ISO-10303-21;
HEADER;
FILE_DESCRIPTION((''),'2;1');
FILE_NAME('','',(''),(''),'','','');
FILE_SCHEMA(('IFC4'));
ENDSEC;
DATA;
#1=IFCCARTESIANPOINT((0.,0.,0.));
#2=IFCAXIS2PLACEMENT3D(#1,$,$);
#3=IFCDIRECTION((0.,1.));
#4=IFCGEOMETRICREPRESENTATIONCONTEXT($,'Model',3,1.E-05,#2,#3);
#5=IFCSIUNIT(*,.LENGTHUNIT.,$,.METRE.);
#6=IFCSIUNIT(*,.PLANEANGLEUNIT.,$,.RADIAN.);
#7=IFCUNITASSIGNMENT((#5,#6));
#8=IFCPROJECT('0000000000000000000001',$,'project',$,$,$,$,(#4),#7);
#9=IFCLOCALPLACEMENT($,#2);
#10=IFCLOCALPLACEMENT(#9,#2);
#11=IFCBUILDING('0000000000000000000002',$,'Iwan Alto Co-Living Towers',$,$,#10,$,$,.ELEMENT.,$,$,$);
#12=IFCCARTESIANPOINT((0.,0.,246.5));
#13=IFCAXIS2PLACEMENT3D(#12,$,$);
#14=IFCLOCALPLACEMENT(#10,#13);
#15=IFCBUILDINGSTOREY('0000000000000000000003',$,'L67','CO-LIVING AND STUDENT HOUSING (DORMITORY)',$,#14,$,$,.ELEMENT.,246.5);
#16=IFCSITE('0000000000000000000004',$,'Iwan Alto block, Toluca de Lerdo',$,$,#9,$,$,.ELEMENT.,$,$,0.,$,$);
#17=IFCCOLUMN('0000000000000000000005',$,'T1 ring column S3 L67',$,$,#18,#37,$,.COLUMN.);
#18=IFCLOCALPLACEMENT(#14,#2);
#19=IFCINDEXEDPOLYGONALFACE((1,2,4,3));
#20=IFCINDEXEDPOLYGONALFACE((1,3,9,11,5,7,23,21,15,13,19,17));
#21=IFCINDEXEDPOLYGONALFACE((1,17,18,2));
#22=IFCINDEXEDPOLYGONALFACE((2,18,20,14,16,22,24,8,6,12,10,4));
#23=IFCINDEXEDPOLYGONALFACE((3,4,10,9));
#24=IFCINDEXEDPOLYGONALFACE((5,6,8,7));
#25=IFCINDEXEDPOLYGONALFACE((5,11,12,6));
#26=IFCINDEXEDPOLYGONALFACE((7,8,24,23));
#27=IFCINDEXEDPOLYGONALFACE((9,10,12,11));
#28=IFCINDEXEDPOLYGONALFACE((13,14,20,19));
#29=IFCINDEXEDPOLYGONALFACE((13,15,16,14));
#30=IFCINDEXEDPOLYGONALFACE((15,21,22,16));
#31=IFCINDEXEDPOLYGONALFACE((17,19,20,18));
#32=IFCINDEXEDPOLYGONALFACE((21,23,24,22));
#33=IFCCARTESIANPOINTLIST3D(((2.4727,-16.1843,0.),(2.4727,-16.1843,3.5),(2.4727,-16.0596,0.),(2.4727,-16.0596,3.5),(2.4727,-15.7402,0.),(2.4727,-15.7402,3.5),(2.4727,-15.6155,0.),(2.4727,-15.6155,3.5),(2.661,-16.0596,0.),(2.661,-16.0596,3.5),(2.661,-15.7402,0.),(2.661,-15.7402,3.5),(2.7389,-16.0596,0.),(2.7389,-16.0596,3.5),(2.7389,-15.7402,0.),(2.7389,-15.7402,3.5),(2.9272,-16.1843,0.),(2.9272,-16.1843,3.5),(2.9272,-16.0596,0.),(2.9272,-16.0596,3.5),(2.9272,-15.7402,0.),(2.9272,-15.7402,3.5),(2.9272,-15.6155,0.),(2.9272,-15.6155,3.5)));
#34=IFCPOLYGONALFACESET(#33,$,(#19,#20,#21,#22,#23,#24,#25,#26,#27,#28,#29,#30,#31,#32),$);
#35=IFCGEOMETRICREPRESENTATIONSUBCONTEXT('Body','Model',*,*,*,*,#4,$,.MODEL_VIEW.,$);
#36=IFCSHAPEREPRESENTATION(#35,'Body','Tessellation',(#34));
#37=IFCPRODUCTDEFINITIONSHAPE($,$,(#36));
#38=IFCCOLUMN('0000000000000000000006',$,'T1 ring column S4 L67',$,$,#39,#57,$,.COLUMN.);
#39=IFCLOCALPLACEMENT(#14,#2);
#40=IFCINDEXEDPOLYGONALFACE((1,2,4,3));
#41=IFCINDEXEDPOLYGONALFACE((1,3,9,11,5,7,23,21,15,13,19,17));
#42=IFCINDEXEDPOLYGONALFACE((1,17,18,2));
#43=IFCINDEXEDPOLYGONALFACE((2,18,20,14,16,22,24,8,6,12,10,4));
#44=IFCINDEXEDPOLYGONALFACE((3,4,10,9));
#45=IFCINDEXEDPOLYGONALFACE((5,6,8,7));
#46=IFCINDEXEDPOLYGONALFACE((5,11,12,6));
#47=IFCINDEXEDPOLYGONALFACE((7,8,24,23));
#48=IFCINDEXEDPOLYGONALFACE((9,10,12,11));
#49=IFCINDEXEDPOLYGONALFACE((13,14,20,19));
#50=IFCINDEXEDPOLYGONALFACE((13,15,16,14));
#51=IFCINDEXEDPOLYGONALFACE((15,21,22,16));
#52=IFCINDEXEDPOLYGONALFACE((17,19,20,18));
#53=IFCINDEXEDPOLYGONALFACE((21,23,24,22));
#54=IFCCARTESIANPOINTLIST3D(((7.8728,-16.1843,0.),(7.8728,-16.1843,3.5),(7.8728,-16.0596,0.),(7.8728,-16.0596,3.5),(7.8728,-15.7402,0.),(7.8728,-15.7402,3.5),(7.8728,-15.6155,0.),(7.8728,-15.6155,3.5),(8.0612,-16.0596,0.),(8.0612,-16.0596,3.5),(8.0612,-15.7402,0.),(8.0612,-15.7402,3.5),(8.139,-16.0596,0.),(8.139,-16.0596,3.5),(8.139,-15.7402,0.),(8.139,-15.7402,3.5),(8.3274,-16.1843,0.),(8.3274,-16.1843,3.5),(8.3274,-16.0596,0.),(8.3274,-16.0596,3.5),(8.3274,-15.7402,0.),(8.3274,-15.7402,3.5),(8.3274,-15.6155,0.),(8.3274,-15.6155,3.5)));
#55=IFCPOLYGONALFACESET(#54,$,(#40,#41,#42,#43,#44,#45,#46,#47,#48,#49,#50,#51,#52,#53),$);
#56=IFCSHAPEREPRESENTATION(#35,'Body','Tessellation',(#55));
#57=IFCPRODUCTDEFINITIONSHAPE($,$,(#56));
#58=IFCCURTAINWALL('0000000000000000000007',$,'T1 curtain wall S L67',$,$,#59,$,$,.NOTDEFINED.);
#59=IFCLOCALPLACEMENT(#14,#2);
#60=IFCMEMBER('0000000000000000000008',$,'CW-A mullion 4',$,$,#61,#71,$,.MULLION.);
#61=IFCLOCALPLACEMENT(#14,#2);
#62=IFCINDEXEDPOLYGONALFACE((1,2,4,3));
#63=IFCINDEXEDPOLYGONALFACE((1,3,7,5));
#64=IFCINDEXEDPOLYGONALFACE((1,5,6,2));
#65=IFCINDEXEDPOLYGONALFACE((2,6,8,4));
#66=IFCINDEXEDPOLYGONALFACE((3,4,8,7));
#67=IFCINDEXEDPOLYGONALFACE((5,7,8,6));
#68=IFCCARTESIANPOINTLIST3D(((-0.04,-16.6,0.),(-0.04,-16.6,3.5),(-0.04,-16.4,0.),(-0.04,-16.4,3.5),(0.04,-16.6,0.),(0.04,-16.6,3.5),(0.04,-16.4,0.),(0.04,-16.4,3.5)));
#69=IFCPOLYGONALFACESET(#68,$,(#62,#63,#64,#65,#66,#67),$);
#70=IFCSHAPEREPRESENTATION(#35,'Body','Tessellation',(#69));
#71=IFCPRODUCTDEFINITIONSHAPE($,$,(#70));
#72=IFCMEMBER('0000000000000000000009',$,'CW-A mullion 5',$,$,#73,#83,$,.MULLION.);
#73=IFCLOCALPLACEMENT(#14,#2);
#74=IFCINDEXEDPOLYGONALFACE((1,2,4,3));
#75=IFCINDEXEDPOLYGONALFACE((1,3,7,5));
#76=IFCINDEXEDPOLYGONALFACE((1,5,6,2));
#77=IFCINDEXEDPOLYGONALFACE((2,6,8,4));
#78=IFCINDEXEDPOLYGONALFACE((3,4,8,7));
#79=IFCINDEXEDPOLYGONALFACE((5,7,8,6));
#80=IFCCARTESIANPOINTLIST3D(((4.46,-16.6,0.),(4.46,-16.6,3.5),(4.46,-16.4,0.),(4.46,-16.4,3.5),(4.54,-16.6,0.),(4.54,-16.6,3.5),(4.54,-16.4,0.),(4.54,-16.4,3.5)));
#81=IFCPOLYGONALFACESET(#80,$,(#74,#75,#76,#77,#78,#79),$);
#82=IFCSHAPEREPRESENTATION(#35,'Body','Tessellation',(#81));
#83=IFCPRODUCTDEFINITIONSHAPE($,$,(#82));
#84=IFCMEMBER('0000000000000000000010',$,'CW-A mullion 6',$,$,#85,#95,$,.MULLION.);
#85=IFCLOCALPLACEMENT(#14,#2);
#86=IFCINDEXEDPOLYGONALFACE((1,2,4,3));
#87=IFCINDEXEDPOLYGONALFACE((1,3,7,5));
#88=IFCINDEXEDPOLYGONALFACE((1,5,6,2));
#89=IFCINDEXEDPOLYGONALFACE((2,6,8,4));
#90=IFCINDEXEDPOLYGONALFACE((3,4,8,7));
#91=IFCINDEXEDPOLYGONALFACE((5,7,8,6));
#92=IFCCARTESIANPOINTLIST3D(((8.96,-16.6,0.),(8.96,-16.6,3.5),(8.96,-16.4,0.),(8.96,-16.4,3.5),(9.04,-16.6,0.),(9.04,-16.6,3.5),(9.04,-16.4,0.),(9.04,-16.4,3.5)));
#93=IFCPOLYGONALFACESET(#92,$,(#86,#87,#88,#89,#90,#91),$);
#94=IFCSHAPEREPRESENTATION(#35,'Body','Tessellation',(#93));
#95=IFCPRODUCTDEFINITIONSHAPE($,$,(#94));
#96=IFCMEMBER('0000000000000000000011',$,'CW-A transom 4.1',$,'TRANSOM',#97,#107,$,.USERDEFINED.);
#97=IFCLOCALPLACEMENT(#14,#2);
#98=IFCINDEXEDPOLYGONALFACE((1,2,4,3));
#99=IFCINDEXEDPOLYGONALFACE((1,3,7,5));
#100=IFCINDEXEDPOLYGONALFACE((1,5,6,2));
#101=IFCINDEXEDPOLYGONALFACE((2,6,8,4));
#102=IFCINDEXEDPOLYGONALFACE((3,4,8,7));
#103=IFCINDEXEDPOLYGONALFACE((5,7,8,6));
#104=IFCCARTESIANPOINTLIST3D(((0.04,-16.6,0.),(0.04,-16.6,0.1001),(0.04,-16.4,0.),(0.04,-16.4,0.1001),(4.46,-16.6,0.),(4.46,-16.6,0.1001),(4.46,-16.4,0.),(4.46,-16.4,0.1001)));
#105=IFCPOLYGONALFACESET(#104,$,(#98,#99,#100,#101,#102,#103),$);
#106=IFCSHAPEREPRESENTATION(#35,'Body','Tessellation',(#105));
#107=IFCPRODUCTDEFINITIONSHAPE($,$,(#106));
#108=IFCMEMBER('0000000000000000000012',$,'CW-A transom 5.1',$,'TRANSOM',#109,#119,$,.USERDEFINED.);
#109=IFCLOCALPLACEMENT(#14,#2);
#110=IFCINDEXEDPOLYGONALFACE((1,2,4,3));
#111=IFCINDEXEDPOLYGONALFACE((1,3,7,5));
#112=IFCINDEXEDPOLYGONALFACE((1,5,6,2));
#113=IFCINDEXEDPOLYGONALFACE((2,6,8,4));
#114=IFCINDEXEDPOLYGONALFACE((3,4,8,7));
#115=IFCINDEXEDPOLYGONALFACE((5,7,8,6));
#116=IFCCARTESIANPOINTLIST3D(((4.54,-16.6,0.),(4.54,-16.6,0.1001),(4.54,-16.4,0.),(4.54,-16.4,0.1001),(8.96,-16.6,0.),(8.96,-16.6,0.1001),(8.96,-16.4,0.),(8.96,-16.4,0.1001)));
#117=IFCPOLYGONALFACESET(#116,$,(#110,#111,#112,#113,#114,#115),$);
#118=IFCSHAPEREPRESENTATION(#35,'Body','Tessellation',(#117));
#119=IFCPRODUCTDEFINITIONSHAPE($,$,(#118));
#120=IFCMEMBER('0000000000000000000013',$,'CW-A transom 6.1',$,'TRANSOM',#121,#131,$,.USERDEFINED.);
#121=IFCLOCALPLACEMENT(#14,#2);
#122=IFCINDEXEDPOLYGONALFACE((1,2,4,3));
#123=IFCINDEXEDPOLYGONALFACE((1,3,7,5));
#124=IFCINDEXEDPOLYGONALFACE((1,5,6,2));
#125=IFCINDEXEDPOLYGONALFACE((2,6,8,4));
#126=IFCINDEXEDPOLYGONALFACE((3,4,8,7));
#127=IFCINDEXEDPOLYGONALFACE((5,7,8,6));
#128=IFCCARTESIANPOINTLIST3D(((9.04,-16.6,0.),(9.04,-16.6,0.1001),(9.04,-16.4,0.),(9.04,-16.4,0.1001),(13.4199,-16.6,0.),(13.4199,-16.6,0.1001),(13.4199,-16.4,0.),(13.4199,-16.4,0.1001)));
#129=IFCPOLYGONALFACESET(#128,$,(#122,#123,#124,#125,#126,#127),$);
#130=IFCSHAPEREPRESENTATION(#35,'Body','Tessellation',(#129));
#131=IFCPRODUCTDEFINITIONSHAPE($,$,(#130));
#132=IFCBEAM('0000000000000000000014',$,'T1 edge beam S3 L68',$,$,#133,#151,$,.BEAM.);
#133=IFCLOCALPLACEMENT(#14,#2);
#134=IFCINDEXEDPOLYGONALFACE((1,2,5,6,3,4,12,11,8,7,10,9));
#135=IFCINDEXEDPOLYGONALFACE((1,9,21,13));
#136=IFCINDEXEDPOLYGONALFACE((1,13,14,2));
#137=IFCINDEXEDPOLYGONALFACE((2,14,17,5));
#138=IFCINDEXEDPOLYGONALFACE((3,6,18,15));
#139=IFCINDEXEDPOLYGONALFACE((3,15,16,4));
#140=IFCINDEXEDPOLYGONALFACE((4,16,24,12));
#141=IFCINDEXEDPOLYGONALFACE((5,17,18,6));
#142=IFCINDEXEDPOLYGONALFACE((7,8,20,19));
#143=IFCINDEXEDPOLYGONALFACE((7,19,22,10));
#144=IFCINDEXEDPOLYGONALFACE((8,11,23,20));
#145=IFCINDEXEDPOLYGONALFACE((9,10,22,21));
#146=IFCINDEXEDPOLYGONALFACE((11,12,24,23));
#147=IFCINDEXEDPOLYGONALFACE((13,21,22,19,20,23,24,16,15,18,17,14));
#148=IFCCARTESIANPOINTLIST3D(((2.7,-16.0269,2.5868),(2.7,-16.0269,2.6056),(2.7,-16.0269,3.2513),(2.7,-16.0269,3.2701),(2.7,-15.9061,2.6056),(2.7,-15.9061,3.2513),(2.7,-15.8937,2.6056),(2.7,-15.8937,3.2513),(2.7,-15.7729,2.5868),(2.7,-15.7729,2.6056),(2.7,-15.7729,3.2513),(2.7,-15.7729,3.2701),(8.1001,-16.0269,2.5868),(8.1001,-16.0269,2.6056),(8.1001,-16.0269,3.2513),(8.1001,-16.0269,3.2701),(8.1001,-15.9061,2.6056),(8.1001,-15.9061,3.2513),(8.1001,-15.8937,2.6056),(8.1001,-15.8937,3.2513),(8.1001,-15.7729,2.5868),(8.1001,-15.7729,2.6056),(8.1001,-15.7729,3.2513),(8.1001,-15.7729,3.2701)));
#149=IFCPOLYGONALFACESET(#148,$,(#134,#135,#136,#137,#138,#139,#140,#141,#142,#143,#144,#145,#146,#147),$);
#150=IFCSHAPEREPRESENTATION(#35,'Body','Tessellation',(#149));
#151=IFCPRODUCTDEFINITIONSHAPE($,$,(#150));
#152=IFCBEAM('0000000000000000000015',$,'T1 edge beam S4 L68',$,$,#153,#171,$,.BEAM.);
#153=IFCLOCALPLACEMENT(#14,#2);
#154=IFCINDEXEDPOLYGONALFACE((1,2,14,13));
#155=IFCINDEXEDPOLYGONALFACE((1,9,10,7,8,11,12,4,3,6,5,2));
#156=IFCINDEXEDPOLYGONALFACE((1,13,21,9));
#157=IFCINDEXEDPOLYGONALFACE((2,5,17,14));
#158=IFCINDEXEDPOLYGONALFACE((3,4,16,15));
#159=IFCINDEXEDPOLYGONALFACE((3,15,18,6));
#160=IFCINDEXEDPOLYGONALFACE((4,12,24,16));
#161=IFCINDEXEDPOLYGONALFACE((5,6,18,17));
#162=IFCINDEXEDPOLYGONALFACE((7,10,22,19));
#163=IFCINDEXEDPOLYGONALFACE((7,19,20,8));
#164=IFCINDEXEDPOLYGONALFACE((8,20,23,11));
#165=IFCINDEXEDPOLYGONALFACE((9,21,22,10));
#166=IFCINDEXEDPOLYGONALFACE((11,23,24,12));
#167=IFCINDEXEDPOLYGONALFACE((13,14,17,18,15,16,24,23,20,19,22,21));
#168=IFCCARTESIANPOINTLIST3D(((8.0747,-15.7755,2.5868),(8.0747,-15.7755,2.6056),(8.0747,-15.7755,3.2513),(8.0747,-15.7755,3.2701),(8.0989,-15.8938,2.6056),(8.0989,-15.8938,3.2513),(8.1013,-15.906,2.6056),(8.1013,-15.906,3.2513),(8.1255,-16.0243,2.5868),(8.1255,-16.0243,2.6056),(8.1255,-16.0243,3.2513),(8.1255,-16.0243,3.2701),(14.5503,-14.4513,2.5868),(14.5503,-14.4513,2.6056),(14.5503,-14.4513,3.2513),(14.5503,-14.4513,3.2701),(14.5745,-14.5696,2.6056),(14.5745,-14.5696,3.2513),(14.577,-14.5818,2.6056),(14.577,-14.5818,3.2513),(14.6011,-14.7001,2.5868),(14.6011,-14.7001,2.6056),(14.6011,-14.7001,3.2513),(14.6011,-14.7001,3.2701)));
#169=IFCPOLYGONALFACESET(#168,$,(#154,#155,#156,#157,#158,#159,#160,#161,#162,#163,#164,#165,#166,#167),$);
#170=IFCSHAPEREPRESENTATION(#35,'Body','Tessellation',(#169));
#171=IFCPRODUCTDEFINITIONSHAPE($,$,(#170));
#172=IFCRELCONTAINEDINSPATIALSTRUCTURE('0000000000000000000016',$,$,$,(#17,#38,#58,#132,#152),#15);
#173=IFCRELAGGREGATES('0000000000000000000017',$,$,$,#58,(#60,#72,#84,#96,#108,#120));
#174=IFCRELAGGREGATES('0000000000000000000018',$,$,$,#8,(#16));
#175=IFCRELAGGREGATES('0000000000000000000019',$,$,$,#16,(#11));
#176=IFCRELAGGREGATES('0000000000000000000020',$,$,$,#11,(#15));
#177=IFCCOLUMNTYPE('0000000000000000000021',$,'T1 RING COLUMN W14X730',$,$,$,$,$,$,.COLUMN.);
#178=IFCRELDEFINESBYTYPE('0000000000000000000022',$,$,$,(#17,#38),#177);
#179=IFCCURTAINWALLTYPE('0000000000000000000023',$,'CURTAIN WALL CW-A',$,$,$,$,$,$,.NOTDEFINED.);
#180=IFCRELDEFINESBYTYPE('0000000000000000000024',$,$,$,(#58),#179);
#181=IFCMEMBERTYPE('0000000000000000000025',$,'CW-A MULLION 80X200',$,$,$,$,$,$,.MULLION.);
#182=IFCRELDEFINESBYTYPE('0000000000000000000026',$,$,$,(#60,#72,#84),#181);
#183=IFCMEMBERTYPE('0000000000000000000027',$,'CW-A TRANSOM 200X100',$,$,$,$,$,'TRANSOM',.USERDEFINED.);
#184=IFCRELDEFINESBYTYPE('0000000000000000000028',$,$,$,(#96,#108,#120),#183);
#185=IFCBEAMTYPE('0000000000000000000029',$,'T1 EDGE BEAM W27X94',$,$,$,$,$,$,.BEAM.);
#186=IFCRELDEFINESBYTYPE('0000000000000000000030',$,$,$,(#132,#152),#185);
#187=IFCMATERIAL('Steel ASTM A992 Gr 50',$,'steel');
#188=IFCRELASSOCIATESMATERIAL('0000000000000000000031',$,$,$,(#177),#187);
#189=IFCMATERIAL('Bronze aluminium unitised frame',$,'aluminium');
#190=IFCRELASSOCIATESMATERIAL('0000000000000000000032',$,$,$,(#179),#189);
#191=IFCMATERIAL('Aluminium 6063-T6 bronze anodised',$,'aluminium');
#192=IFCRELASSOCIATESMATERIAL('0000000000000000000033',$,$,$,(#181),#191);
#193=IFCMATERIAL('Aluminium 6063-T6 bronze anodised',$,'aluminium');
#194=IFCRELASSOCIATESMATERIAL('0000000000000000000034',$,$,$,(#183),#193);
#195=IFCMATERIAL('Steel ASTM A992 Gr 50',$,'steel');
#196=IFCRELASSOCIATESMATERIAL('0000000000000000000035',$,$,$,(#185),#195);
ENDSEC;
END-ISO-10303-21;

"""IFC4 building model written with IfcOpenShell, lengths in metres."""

from ifc_helpers import new_model, si_unit, direction, frame, origin, origin_2d, place, context, subcontext, project, spatial, rectangle, i_section, extrude, material, material_profile, profile_set, type_object, element, aggregate, save


model = new_model("IFC4")

# Units and contexts
model_context = context("Model", 3, precision=1e-05, world=origin(), true_north=direction((0.0, 1.0)))
body_context = subcontext(model_context, "Body", "Model", "MODEL_VIEW")
ifc_project = project(units=[si_unit("LENGTHUNIT", "METRE"), si_unit("PLANEANGLEUNIT", "RADIAN")], contexts=[model_context])

# Site, building, storey
site_placement = place(None, origin())
site = spatial("IfcSite", under=ifc_project, at=site_placement, Name="Iwan Alto block, Toluca de Lerdo", CompositionType="ELEMENT", RefElevation=0.0)
building_placement = place(site_placement, origin())
building = spatial("IfcBuilding", under=site, at=building_placement, Name="Iwan Alto Co-Living Towers", CompositionType="ELEMENT")
storey_placement = place(building_placement, frame((0.0, 0.0, 246.5)))
storey = spatial("IfcBuildingStorey", under=building, at=storey_placement, Name="L67", Description="CO-LIVING AND STUDENT HOUSING (DORMITORY)", CompositionType="ELEMENT", Elevation=246.5)

# Columns
ifc_material_1 = material(Name="Steel ASTM A992 Gr 50", Category="steel")
ifc_material_profile_1 = material_profile(ifc_material_1, i_section(OverallWidth=0.4546, OverallDepth=0.5688, WebThickness=0.0779, FlangeThickness=0.1248, at=origin_2d()), Name="W14X730")
ifc_profile_set_1 = profile_set([ifc_material_profile_1], Name="Steel ASTM A992 Gr 50")
column_type = type_object("IfcColumnType", Name="T1 RING COLUMN W14X730", PredefinedType="COLUMN", material=ifc_profile_set_1)
for number, where, z_axis, x_axis, name in (
    (1, (2.7, -15.8999, 0.0), (0.0, 0.0, 1.0), (1.0, 0.0, 0.0), "T1 ring column S3 L67"),
    (2, (8.1001, -15.8999, 0.0), (0.0, 0.0, 1.0), (1.0, 0.0, 0.0), "T1 ring column S4 L67"),
):
    element("IfcColumn", number, at=place(storey_placement, frame(where, z_axis=z_axis, x_axis=x_axis)), inside=storey, type_object=column_type, Name=name, PredefinedType="COLUMN", context=body_context, shape_type="SweptSolid", body=[
        extrude(i_section(OverallWidth=0.4546, OverallDepth=0.5688, WebThickness=0.0779, FlangeThickness=0.1248, at=origin_2d()), origin(), (0.0, 0.0, 1.0), 3.5),
    ])

# Curtain wall, members
ifc_material_2 = material(Name="Bronze aluminium unitised frame", Category="aluminium")
curtain_wall_type = type_object("IfcCurtainWallType", Name="CURTAIN WALL CW-A", PredefinedType="NOTDEFINED", material=ifc_material_2)
curtain_wall_placement = place(storey_placement, origin())
curtain_wall = element("IfcCurtainWall", 3, at=curtain_wall_placement, inside=storey, type_object=curtain_wall_type, Name="T1 curtain wall S L67", PredefinedType="NOTDEFINED")
ifc_material_3 = material(Name="Aluminium 6063-T6 bronze anodised", Category="aluminium")
ifc_material_profile_2 = material_profile(ifc_material_3, rectangle(XDim=0.2, YDim=0.0801, at=origin_2d()), Name="AL 80X200")
ifc_profile_set_2 = profile_set([ifc_material_profile_2], Name="Aluminium 6063-T6 bronze anodised")
member_type_1 = type_object("IfcMemberType", Name="CW-A MULLION 80X200", PredefinedType="MULLION", material=ifc_profile_set_2)
member_1_placement = place(storey_placement, frame((0.0, -16.5, 0.0), z_axis=(0.0, 0.0, 1.0), x_axis=(0.0, 1.0, 0.0)))
member_1 = element("IfcMember", 4, at=member_1_placement, type_object=member_type_1, Name="CW-A mullion 4", PredefinedType="MULLION", context=body_context, shape_type="SweptSolid", body=[
    extrude(rectangle(XDim=0.2, YDim=0.0801, at=origin_2d()), origin(), (0.0, 0.0, 1.0), 3.5),
])
member_2_placement = place(storey_placement, frame((4.5, -16.5, 0.0), z_axis=(0.0, 0.0, 1.0), x_axis=(0.0, 1.0, 0.0)))
member_2 = element("IfcMember", 5, at=member_2_placement, type_object=member_type_1, Name="CW-A mullion 5", PredefinedType="MULLION", context=body_context, shape_type="SweptSolid", body=[
    extrude(rectangle(XDim=0.2, YDim=0.0801, at=origin_2d()), origin(), (0.0, 0.0, 1.0), 3.5),
])
member_3_placement = place(storey_placement, frame((9.0, -16.5, 0.0), z_axis=(0.0, 0.0, 1.0), x_axis=(0.0, 1.0, 0.0)))
member_3 = element("IfcMember", 6, at=member_3_placement, type_object=member_type_1, Name="CW-A mullion 6", PredefinedType="MULLION", context=body_context, shape_type="SweptSolid", body=[
    extrude(rectangle(XDim=0.2, YDim=0.0801, at=origin_2d()), origin(), (0.0, 0.0, 1.0), 3.5),
])
ifc_material_4 = material(Name="Aluminium 6063-T6 bronze anodised", Category="aluminium")
ifc_material_profile_3 = material_profile(ifc_material_4, rectangle(XDim=0.2, YDim=0.1001, at=origin_2d()), Name="AL 200X100")
ifc_profile_set_3 = profile_set([ifc_material_profile_3], Name="Aluminium 6063-T6 bronze anodised")
member_type_2 = type_object("IfcMemberType", Name="CW-A TRANSOM 200X100", ElementType="TRANSOM", PredefinedType="USERDEFINED", material=ifc_profile_set_3)
member_4_placement = place(storey_placement, frame((0.04, -16.5, 0.05), z_axis=(1.0, 0.0, 0.0), x_axis=(0.0, 1.0, 0.0)))
member_4 = element("IfcMember", 7, at=member_4_placement, type_object=member_type_2, Name="CW-A transom 4.1", ObjectType="TRANSOM", PredefinedType="USERDEFINED", context=body_context, shape_type="SweptSolid", body=[
    extrude(rectangle(XDim=0.2, YDim=0.1001, at=origin_2d()), origin(), (0.0, 0.0, 1.0), 4.4199),
])
member_5_placement = place(storey_placement, frame((4.54, -16.5, 0.05), z_axis=(1.0, 0.0, 0.0), x_axis=(0.0, 1.0, 0.0)))
member_5 = element("IfcMember", 8, at=member_5_placement, type_object=member_type_2, Name="CW-A transom 5.1", ObjectType="TRANSOM", PredefinedType="USERDEFINED", context=body_context, shape_type="SweptSolid", body=[
    extrude(rectangle(XDim=0.2, YDim=0.1001, at=origin_2d()), origin(), (0.0, 0.0, 1.0), 4.4199),
])
member_6_placement = place(storey_placement, frame((9.04, -16.5, 0.05), z_axis=(1.0, 0.0, 0.0), x_axis=(0.0, 1.0, 0.0)))
member_6 = element("IfcMember", 9, at=member_6_placement, type_object=member_type_2, Name="CW-A transom 6.1", ObjectType="TRANSOM", PredefinedType="USERDEFINED", context=body_context, shape_type="SweptSolid", body=[
    extrude(rectangle(XDim=0.2, YDim=0.1001, at=origin_2d()), origin(), (0.0, 0.0, 1.0), 4.3799),
])

# Beams
ifc_material_5 = material(Name="Steel ASTM A992 Gr 50", Category="steel")
ifc_material_profile_4 = material_profile(ifc_material_5, i_section(OverallWidth=0.2539, OverallDepth=0.6833, WebThickness=0.0125, FlangeThickness=0.0188, at=origin_2d()), Name="W27X94")
ifc_profile_set_4 = profile_set([ifc_material_profile_4], Name="Steel ASTM A992 Gr 50")
beam_type_1 = type_object("IfcBeamType", Name="T1 EDGE BEAM W27X94", PredefinedType="BEAM", material=ifc_profile_set_4)
beam_1_placement = place(storey_placement, frame((2.7, -15.8999, 2.9285), z_axis=(1.0, 0.0, 0.0), x_axis=(0.0, 1.0, 0.0)))
element("IfcBeam", 10, at=beam_1_placement, inside=storey, type_object=beam_type_1, Name="T1 edge beam S3 L68", PredefinedType="BEAM", context=body_context, shape_type="SweptSolid", body=[
    extrude(i_section(OverallWidth=0.2539, OverallDepth=0.6833, WebThickness=0.0125, FlangeThickness=0.0188, at=origin_2d()), origin(), (0.0, 0.0, 1.0), 5.4001),
])
beam_2_placement = place(storey_placement, frame((8.1001, -15.8999, 2.9285), z_axis=(0.979725, 0.200348, 0.0), x_axis=(-0.200348, 0.979725, 0.0)))
element("IfcBeam", 11, at=beam_2_placement, inside=storey, type_object=beam_type_1, Name="T1 edge beam S4 L68", PredefinedType="BEAM", context=body_context, shape_type="SweptSolid", body=[
    extrude(i_section(OverallWidth=0.2539, OverallDepth=0.6833, WebThickness=0.0125, FlangeThickness=0.0188, at=origin_2d()), origin(), (0.0, 0.0, 1.0), 6.6096),
])

aggregate(curtain_wall, [member_1, member_2, member_3, member_4, member_5, member_6])

save(model, "model.ifc")
